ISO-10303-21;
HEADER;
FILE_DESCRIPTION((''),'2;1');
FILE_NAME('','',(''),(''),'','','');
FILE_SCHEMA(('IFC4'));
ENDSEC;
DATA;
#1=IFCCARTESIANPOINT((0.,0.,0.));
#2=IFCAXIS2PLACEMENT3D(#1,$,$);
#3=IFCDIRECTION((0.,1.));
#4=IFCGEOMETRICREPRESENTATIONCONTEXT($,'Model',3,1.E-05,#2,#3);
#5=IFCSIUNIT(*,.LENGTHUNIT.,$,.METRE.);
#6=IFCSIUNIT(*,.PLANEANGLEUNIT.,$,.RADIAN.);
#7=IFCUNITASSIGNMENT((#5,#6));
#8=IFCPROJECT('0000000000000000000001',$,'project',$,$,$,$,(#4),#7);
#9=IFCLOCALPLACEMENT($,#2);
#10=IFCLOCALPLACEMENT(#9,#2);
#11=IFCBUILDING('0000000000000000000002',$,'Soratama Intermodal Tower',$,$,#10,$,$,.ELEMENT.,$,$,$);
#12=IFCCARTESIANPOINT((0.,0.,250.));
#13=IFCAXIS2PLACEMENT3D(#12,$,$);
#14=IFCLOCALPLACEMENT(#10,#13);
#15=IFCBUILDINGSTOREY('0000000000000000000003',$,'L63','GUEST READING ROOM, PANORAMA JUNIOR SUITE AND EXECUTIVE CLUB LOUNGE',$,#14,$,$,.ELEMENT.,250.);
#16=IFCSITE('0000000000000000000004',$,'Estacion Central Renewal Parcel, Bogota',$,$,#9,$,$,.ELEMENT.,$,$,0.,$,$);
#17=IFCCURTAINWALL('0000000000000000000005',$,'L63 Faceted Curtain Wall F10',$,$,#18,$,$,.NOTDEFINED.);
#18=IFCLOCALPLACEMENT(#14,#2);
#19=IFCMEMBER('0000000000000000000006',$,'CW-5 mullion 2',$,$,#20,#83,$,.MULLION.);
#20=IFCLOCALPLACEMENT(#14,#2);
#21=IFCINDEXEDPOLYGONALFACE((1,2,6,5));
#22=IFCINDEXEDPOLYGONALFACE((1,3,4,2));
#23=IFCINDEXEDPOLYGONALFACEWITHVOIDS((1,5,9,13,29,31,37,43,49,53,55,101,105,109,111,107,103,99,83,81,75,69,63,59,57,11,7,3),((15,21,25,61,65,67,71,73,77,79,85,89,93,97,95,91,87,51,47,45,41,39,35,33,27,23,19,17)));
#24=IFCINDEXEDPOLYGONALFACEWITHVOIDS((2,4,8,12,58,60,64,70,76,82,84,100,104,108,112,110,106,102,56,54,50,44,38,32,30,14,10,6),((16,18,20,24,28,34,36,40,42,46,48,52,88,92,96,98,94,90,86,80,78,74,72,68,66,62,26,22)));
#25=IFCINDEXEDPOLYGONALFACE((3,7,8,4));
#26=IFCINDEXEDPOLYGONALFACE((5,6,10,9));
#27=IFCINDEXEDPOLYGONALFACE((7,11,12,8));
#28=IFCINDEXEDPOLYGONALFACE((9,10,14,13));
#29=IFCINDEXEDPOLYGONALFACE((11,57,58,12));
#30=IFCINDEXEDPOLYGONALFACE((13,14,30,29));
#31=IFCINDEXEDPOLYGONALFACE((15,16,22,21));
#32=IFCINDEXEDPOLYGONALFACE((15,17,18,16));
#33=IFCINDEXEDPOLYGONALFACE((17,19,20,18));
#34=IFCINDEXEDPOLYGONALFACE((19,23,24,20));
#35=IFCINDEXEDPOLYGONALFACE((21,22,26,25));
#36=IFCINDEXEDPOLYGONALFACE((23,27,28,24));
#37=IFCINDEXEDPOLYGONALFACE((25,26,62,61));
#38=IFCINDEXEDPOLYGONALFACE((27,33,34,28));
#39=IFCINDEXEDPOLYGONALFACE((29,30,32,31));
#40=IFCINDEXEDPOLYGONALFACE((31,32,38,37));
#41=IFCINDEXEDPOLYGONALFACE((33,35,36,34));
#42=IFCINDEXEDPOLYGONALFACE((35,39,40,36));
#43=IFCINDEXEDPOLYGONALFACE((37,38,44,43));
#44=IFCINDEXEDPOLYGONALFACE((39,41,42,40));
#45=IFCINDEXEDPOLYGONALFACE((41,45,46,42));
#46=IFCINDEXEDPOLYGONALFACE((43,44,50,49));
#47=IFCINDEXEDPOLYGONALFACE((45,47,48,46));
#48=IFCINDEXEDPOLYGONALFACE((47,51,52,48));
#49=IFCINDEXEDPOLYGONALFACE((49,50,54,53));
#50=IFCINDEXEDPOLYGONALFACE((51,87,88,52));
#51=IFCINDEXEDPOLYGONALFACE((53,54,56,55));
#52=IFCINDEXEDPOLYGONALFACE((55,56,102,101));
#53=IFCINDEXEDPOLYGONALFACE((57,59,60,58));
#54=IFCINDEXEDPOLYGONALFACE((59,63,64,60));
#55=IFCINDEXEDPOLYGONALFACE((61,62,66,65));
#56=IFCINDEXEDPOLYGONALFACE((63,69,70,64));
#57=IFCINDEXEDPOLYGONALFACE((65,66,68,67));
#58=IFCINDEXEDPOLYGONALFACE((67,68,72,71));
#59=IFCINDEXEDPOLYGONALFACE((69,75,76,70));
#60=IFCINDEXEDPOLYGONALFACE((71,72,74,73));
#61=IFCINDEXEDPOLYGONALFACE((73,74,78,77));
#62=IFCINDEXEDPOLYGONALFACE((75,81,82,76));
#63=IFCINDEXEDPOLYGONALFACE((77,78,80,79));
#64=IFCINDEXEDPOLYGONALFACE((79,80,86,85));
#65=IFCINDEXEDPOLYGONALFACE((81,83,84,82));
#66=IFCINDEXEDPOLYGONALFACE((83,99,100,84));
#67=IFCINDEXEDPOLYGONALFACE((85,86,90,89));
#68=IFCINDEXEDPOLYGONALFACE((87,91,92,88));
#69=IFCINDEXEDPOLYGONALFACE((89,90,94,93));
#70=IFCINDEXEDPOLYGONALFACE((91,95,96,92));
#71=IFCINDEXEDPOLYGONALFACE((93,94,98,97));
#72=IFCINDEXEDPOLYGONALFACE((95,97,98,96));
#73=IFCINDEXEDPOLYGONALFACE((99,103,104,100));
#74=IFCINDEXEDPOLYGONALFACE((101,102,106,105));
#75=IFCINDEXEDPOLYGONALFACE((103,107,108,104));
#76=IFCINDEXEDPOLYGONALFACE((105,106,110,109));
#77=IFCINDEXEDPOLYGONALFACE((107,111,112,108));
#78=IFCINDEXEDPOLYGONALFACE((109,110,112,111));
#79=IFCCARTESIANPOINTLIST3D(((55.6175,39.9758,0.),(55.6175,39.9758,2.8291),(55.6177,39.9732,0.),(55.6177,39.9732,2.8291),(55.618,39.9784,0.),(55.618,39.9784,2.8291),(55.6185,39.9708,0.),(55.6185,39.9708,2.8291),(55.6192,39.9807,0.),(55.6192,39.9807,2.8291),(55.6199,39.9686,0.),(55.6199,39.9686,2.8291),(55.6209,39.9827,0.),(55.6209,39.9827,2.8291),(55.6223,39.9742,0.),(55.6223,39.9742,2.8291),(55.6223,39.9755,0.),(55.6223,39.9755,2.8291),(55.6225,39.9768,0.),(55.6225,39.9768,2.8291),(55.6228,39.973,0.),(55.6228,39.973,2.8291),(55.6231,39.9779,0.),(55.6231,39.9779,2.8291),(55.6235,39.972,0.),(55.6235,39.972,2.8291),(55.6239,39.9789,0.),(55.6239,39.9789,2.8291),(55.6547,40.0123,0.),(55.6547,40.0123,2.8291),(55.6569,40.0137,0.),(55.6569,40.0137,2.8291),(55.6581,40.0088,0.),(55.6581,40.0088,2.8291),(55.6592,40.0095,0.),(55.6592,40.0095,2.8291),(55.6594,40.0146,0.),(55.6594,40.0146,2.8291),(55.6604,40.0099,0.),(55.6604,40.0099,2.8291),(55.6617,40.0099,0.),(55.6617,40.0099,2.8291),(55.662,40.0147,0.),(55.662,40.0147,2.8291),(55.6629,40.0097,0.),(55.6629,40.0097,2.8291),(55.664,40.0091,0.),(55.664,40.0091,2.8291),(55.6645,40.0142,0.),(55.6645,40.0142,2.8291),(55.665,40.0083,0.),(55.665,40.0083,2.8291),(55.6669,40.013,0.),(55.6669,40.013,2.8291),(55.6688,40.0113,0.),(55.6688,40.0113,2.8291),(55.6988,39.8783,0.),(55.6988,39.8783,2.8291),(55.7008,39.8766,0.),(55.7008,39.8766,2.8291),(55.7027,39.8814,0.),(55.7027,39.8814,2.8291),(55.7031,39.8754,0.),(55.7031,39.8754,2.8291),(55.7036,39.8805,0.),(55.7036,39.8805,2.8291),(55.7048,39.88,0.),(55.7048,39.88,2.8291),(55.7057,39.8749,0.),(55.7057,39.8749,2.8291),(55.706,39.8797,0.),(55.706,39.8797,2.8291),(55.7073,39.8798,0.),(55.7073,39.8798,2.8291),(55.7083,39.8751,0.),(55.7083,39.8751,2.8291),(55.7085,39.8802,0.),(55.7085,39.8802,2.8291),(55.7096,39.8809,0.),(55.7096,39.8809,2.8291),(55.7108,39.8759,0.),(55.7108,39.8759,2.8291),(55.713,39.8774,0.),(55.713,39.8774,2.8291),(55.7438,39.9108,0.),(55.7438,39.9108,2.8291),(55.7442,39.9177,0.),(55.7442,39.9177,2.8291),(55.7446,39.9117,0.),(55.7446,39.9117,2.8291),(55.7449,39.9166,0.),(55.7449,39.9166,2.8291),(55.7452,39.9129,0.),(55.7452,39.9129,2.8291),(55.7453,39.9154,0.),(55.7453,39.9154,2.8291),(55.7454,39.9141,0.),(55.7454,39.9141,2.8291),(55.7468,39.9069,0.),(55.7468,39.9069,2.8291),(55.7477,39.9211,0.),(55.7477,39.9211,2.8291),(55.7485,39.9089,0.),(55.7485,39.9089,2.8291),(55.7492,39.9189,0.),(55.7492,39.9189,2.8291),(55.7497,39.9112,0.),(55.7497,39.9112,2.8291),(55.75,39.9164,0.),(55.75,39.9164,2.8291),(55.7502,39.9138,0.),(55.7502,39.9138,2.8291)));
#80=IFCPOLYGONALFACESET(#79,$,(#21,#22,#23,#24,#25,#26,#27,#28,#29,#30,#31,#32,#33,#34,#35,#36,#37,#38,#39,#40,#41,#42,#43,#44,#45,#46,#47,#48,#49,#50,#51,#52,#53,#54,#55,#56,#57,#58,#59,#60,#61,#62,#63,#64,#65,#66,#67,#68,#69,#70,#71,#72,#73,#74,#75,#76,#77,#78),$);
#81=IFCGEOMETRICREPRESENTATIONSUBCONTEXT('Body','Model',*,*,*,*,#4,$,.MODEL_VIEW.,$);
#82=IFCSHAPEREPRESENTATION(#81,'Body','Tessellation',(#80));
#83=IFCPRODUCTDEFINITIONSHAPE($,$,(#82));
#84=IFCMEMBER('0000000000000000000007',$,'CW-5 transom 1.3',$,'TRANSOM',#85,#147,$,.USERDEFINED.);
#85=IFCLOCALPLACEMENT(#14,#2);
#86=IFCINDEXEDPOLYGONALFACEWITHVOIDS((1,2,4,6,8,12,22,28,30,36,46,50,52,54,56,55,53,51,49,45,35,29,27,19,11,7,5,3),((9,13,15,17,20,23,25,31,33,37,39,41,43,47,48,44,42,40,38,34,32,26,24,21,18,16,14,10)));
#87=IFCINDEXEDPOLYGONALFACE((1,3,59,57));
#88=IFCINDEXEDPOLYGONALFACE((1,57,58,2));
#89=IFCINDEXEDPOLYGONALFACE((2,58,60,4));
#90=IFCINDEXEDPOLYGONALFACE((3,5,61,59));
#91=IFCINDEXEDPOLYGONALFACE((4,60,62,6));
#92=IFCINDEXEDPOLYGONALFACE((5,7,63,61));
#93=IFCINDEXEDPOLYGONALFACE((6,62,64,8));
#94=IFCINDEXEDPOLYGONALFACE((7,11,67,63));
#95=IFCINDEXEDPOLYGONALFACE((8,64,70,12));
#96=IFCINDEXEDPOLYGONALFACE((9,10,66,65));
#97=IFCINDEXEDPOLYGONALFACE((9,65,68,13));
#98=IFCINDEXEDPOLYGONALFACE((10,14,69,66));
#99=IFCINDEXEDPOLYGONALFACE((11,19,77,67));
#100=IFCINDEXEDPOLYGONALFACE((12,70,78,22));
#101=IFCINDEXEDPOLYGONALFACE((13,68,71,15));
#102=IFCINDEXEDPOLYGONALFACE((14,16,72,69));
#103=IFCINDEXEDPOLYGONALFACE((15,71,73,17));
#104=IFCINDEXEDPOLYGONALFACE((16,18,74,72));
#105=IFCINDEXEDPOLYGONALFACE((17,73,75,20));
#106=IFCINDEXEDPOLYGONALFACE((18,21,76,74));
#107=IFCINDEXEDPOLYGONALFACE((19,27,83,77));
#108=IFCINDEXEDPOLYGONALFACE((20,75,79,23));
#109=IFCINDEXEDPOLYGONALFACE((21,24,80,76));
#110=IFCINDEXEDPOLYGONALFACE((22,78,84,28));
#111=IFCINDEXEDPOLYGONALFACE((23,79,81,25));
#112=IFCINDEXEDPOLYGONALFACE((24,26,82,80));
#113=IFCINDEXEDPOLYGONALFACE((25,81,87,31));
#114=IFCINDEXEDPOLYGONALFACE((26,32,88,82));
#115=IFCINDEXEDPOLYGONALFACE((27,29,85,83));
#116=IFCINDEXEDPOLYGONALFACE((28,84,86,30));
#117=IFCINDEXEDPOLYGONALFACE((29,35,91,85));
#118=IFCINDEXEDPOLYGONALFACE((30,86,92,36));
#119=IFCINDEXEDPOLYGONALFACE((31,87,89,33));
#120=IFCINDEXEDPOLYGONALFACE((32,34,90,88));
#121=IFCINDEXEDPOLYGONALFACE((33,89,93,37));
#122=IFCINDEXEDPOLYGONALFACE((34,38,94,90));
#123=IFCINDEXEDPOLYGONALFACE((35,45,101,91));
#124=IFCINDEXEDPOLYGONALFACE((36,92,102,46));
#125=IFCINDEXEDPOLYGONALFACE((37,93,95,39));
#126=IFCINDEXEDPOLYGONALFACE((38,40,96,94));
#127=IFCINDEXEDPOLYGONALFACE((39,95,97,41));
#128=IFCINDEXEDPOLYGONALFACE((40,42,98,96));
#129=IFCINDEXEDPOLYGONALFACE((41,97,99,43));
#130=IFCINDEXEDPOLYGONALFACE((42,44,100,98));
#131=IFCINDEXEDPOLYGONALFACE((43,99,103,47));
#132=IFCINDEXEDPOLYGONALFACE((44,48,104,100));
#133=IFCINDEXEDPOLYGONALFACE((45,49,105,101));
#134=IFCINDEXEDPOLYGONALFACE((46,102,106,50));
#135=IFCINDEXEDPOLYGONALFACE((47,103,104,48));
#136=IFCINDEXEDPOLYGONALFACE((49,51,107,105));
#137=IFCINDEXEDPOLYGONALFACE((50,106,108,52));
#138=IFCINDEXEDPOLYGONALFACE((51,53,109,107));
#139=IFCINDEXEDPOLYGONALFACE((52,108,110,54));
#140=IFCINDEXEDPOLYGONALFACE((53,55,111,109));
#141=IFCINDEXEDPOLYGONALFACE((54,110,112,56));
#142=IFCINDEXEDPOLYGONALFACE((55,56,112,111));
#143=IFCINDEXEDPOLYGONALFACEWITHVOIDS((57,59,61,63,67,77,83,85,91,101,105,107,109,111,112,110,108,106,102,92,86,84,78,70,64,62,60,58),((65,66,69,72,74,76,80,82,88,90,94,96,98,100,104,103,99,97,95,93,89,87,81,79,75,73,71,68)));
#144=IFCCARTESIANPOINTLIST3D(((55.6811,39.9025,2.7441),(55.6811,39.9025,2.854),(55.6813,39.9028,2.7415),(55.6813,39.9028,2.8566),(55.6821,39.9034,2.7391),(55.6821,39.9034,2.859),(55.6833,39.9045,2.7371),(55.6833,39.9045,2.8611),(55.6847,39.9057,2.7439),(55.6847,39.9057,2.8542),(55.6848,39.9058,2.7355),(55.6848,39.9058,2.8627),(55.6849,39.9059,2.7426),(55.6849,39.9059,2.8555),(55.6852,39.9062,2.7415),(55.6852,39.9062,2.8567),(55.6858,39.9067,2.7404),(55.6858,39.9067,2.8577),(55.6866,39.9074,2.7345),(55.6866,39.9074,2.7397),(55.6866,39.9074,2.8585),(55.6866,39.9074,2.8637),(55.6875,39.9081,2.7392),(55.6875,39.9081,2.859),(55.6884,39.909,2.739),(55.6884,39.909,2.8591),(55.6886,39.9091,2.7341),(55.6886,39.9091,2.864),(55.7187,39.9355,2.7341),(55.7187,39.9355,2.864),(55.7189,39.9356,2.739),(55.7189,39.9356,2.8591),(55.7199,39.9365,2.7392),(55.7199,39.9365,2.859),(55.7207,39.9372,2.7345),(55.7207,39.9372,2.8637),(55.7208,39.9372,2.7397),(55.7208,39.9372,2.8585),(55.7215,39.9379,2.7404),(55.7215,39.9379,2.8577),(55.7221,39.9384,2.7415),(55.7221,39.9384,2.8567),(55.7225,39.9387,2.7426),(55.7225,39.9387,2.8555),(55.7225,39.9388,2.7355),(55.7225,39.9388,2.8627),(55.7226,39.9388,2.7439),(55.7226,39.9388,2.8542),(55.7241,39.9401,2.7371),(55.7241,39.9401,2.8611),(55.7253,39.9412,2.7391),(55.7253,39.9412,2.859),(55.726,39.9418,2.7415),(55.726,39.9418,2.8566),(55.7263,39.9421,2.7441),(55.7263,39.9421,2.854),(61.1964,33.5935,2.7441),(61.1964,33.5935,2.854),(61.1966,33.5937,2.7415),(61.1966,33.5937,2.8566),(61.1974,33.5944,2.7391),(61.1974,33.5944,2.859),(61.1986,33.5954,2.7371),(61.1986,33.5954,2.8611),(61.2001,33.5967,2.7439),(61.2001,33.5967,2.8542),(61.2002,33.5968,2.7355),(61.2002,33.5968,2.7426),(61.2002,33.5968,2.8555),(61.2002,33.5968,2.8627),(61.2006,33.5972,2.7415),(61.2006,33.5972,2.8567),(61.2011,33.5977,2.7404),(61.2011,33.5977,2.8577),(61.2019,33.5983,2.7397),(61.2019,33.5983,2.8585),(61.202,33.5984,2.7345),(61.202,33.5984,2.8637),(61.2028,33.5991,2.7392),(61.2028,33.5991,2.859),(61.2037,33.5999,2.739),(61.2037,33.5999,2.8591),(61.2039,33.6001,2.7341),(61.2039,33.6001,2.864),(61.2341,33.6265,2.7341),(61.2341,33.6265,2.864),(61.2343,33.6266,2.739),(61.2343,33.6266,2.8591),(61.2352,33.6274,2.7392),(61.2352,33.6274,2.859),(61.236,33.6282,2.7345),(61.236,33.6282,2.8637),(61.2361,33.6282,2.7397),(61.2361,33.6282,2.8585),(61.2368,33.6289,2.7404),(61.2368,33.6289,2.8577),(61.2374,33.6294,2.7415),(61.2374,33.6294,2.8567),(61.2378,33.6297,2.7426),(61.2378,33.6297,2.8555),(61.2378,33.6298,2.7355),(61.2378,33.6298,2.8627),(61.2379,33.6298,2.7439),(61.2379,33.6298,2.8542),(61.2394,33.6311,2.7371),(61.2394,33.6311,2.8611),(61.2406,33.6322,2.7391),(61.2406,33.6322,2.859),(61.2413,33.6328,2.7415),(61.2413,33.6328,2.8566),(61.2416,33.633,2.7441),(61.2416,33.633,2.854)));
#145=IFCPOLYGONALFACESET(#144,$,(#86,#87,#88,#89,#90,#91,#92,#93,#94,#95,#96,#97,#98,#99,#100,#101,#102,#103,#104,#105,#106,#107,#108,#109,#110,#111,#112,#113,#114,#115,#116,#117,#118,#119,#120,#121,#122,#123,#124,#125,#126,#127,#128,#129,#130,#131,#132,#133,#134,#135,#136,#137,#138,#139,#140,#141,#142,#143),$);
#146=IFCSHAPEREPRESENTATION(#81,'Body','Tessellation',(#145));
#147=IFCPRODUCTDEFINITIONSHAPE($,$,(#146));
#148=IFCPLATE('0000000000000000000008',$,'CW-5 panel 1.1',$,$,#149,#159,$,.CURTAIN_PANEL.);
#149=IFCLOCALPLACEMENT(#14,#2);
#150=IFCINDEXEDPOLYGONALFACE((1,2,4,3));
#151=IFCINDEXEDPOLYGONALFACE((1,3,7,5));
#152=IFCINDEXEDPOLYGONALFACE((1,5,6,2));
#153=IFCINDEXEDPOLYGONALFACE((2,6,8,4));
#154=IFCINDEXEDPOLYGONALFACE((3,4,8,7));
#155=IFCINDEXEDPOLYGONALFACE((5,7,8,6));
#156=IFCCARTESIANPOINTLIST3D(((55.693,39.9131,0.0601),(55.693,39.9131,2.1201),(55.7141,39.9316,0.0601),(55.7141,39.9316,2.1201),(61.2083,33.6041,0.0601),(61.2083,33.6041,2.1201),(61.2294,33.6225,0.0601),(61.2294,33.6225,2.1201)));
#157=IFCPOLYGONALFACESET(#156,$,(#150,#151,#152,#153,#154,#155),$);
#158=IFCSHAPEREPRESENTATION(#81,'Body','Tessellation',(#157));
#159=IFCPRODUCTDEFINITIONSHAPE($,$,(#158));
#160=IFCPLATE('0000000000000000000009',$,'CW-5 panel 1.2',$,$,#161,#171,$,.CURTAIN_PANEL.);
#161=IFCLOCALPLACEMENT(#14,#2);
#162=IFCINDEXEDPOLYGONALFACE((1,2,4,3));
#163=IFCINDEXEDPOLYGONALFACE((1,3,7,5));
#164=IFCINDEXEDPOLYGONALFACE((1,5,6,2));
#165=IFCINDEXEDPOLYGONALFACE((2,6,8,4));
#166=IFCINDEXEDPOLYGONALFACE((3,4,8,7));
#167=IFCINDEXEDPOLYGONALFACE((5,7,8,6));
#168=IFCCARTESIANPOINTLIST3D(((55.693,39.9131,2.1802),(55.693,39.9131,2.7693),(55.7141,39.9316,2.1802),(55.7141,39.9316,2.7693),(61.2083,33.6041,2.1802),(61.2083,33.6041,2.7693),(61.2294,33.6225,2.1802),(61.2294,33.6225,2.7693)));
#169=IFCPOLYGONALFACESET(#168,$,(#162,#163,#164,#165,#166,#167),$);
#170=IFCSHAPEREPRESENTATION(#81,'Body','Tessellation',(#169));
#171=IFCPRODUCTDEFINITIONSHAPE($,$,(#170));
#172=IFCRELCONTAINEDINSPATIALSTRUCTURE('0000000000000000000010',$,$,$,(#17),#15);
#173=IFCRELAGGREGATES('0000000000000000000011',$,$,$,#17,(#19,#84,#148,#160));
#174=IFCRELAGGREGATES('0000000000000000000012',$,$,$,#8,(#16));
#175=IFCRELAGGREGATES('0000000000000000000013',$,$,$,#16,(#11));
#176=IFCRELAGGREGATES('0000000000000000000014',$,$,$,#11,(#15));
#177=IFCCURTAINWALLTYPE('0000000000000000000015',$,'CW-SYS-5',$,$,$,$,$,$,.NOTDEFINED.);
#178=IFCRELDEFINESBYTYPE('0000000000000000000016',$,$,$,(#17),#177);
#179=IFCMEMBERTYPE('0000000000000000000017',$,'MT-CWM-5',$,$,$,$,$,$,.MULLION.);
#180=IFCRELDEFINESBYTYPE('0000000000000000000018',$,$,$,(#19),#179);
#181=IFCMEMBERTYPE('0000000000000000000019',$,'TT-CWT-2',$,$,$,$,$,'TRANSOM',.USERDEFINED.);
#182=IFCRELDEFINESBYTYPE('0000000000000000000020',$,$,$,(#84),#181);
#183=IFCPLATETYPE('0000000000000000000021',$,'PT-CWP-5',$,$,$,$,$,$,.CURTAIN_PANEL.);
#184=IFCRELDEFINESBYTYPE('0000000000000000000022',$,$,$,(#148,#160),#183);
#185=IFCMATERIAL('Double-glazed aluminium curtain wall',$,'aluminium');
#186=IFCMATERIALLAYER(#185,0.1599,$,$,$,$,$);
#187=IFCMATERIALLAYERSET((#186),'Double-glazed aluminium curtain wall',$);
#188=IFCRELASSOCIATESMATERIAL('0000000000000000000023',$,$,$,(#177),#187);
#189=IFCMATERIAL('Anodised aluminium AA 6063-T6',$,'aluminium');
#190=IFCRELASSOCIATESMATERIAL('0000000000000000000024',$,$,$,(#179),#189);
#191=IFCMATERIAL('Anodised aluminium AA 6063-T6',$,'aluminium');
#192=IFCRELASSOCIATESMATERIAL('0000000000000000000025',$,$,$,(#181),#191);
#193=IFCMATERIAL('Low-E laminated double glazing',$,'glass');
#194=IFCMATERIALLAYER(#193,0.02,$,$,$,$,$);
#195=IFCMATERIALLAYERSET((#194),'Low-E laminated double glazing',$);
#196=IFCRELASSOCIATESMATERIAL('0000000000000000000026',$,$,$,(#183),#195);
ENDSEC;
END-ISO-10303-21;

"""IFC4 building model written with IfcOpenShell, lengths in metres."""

from ifc_helpers import new_model, si_unit, direction, frame, origin, origin_2d, place, context, subcontext, project, spatial, rectangle, hollow_rectangle, extrude, material, layer, layer_set, material_profile, profile_set, type_object, element, aggregate, save


model = new_model("IFC4")

# Units and contexts
model_context = context("Model", 3, precision=1e-05, world=origin(), true_north=direction((0.0, 1.0)))
body_context = subcontext(model_context, "Body", "Model", "MODEL_VIEW")
ifc_project = project(units=[si_unit("LENGTHUNIT", "METRE"), si_unit("PLANEANGLEUNIT", "RADIAN")], contexts=[model_context])

# Site, building, storey
site_placement = place(None, origin())
site = spatial("IfcSite", under=ifc_project, at=site_placement, Name="Estacion Central Renewal Parcel, Bogota", CompositionType="ELEMENT", RefElevation=0.0)
building_placement = place(site_placement, origin())
building = spatial("IfcBuilding", under=site, at=building_placement, Name="Soratama Intermodal Tower", CompositionType="ELEMENT")
storey_placement = place(building_placement, frame((0.0, 0.0, 250.0)))
storey = spatial("IfcBuildingStorey", under=building, at=storey_placement, Name="L63", Description="GUEST READING ROOM, PANORAMA JUNIOR SUITE AND EXECUTIVE CLUB LOUNGE", CompositionType="ELEMENT", Elevation=250.0)

# Curtain wall, members, plates
ifc_material_1 = material(Name="Double-glazed aluminium curtain wall", Category="aluminium")
ifc_layer_1 = layer(ifc_material_1, 0.1599)
ifc_layer_set_1 = layer_set([ifc_layer_1], Name="Double-glazed aluminium curtain wall")
curtain_wall_type = type_object("IfcCurtainWallType", Name="CW-SYS-5", PredefinedType="NOTDEFINED", material=ifc_layer_set_1)
curtain_wall_placement = place(storey_placement, origin())
curtain_wall = element("IfcCurtainWall", 1, at=curtain_wall_placement, inside=storey, type_object=curtain_wall_type, Name="L63 Faceted Curtain Wall F10", PredefinedType="NOTDEFINED")
ifc_material_2 = material(Name="Anodised aluminium AA 6063-T6", Category="aluminium")
ifc_material_profile_1 = material_profile(ifc_material_2, hollow_rectangle(XDim=0.0649, YDim=0.1399, WallThickness=0.0049, InnerFilletRadius=0.0049, OuterFilletRadius=0.01, at=origin_2d()), Name="CWM140X65X5")
ifc_profile_set_1 = profile_set([ifc_material_profile_1], Name="Anodised aluminium AA 6063-T6")
member_type_1 = type_object("IfcMemberType", Name="MT-CWM-5", PredefinedType="MULLION", material=ifc_profile_set_1)
member_1_placement = place(storey_placement, frame((55.6838, 39.9448, 0.0), z_axis=(0.0, 0.0, 1.0), x_axis=(-0.752879, -0.658159, 0.0)))
member_1 = element("IfcMember", 2, at=member_1_placement, type_object=member_type_1, Name="CW-5 mullion 2", PredefinedType="MULLION", context=body_context, shape_type="SweptSolid", body=[
    extrude(hollow_rectangle(XDim=0.0649, YDim=0.1399, WallThickness=0.0049, InnerFilletRadius=0.0049, OuterFilletRadius=0.01, at=origin_2d()), origin(), (0.0, 0.0, 1.0), 2.8291),
])
ifc_material_3 = material(Name="Anodised aluminium AA 6063-T6", Category="aluminium")
ifc_material_profile_2 = material_profile(ifc_material_3, hollow_rectangle(XDim=0.0601, YDim=0.1299, WallThickness=0.0049, InnerFilletRadius=0.0049, OuterFilletRadius=0.01, at=origin_2d()), Name="CWT130X60X5")
ifc_profile_set_2 = profile_set([ifc_material_profile_2], Name="Anodised aluminium AA 6063-T6")
member_type_2 = type_object("IfcMemberType", Name="TT-CWT-2", ElementType="TRANSOM", PredefinedType="USERDEFINED", material=ifc_profile_set_2)
member_2_placement = place(storey_placement, frame((61.219, 33.6133, 2.7991), z_axis=(-0.658162, 0.752876, 0.0), x_axis=(-0.752876, -0.658162, 0.0)))
member_2 = element("IfcMember", 3, at=member_2_placement, type_object=member_type_2, Name="CW-5 transom 1.3", ObjectType="TRANSOM", PredefinedType="USERDEFINED", context=body_context, shape_type="SweptSolid", body=[
    extrude(hollow_rectangle(XDim=0.0601, YDim=0.1299, WallThickness=0.0049, InnerFilletRadius=0.0049, OuterFilletRadius=0.01, at=origin_2d()), origin(), (0.0, 0.0, 1.0), 8.3799),
])
ifc_material_4 = material(Name="Low-E laminated double glazing", Category="glass")
ifc_layer_2 = layer(ifc_material_4, 0.02)
ifc_layer_set_2 = layer_set([ifc_layer_2], Name="Low-E laminated double glazing")
plate_type = type_object("IfcPlateType", Name="PT-CWP-5", PredefinedType="CURTAIN_PANEL", material=ifc_layer_set_2)
plate_1_placement = place(storey_placement, frame((58.4612, 36.7678, 0.0601), z_axis=(0.0, 0.0, 1.0), x_axis=(-0.658159, 0.752879, 0.0)))
plate_1 = element("IfcPlate", 4, at=plate_1_placement, type_object=plate_type, Name="CW-5 panel 1.1", PredefinedType="CURTAIN_PANEL", context=body_context, shape_type="SweptSolid", body=[
    extrude(rectangle(XDim=8.3799, YDim=0.0281, at=origin_2d()), origin(), (0.0, 0.0, 1.0), 2.0601),
])
plate_2_placement = place(storey_placement, frame((58.4612, 36.7678, 2.1802), z_axis=(0.0, 0.0, 1.0), x_axis=(-0.658159, 0.752879, 0.0)))
plate_2 = element("IfcPlate", 5, at=plate_2_placement, type_object=plate_type, Name="CW-5 panel 1.2", PredefinedType="CURTAIN_PANEL", context=body_context, shape_type="SweptSolid", body=[
    extrude(rectangle(XDim=8.3799, YDim=0.0281, at=origin_2d()), origin(), (0.0, 0.0, 1.0), 0.5891),
])
aggregate(curtain_wall, [member_1, member_2, plate_1, plate_2])

save(model, "model.ifc")
